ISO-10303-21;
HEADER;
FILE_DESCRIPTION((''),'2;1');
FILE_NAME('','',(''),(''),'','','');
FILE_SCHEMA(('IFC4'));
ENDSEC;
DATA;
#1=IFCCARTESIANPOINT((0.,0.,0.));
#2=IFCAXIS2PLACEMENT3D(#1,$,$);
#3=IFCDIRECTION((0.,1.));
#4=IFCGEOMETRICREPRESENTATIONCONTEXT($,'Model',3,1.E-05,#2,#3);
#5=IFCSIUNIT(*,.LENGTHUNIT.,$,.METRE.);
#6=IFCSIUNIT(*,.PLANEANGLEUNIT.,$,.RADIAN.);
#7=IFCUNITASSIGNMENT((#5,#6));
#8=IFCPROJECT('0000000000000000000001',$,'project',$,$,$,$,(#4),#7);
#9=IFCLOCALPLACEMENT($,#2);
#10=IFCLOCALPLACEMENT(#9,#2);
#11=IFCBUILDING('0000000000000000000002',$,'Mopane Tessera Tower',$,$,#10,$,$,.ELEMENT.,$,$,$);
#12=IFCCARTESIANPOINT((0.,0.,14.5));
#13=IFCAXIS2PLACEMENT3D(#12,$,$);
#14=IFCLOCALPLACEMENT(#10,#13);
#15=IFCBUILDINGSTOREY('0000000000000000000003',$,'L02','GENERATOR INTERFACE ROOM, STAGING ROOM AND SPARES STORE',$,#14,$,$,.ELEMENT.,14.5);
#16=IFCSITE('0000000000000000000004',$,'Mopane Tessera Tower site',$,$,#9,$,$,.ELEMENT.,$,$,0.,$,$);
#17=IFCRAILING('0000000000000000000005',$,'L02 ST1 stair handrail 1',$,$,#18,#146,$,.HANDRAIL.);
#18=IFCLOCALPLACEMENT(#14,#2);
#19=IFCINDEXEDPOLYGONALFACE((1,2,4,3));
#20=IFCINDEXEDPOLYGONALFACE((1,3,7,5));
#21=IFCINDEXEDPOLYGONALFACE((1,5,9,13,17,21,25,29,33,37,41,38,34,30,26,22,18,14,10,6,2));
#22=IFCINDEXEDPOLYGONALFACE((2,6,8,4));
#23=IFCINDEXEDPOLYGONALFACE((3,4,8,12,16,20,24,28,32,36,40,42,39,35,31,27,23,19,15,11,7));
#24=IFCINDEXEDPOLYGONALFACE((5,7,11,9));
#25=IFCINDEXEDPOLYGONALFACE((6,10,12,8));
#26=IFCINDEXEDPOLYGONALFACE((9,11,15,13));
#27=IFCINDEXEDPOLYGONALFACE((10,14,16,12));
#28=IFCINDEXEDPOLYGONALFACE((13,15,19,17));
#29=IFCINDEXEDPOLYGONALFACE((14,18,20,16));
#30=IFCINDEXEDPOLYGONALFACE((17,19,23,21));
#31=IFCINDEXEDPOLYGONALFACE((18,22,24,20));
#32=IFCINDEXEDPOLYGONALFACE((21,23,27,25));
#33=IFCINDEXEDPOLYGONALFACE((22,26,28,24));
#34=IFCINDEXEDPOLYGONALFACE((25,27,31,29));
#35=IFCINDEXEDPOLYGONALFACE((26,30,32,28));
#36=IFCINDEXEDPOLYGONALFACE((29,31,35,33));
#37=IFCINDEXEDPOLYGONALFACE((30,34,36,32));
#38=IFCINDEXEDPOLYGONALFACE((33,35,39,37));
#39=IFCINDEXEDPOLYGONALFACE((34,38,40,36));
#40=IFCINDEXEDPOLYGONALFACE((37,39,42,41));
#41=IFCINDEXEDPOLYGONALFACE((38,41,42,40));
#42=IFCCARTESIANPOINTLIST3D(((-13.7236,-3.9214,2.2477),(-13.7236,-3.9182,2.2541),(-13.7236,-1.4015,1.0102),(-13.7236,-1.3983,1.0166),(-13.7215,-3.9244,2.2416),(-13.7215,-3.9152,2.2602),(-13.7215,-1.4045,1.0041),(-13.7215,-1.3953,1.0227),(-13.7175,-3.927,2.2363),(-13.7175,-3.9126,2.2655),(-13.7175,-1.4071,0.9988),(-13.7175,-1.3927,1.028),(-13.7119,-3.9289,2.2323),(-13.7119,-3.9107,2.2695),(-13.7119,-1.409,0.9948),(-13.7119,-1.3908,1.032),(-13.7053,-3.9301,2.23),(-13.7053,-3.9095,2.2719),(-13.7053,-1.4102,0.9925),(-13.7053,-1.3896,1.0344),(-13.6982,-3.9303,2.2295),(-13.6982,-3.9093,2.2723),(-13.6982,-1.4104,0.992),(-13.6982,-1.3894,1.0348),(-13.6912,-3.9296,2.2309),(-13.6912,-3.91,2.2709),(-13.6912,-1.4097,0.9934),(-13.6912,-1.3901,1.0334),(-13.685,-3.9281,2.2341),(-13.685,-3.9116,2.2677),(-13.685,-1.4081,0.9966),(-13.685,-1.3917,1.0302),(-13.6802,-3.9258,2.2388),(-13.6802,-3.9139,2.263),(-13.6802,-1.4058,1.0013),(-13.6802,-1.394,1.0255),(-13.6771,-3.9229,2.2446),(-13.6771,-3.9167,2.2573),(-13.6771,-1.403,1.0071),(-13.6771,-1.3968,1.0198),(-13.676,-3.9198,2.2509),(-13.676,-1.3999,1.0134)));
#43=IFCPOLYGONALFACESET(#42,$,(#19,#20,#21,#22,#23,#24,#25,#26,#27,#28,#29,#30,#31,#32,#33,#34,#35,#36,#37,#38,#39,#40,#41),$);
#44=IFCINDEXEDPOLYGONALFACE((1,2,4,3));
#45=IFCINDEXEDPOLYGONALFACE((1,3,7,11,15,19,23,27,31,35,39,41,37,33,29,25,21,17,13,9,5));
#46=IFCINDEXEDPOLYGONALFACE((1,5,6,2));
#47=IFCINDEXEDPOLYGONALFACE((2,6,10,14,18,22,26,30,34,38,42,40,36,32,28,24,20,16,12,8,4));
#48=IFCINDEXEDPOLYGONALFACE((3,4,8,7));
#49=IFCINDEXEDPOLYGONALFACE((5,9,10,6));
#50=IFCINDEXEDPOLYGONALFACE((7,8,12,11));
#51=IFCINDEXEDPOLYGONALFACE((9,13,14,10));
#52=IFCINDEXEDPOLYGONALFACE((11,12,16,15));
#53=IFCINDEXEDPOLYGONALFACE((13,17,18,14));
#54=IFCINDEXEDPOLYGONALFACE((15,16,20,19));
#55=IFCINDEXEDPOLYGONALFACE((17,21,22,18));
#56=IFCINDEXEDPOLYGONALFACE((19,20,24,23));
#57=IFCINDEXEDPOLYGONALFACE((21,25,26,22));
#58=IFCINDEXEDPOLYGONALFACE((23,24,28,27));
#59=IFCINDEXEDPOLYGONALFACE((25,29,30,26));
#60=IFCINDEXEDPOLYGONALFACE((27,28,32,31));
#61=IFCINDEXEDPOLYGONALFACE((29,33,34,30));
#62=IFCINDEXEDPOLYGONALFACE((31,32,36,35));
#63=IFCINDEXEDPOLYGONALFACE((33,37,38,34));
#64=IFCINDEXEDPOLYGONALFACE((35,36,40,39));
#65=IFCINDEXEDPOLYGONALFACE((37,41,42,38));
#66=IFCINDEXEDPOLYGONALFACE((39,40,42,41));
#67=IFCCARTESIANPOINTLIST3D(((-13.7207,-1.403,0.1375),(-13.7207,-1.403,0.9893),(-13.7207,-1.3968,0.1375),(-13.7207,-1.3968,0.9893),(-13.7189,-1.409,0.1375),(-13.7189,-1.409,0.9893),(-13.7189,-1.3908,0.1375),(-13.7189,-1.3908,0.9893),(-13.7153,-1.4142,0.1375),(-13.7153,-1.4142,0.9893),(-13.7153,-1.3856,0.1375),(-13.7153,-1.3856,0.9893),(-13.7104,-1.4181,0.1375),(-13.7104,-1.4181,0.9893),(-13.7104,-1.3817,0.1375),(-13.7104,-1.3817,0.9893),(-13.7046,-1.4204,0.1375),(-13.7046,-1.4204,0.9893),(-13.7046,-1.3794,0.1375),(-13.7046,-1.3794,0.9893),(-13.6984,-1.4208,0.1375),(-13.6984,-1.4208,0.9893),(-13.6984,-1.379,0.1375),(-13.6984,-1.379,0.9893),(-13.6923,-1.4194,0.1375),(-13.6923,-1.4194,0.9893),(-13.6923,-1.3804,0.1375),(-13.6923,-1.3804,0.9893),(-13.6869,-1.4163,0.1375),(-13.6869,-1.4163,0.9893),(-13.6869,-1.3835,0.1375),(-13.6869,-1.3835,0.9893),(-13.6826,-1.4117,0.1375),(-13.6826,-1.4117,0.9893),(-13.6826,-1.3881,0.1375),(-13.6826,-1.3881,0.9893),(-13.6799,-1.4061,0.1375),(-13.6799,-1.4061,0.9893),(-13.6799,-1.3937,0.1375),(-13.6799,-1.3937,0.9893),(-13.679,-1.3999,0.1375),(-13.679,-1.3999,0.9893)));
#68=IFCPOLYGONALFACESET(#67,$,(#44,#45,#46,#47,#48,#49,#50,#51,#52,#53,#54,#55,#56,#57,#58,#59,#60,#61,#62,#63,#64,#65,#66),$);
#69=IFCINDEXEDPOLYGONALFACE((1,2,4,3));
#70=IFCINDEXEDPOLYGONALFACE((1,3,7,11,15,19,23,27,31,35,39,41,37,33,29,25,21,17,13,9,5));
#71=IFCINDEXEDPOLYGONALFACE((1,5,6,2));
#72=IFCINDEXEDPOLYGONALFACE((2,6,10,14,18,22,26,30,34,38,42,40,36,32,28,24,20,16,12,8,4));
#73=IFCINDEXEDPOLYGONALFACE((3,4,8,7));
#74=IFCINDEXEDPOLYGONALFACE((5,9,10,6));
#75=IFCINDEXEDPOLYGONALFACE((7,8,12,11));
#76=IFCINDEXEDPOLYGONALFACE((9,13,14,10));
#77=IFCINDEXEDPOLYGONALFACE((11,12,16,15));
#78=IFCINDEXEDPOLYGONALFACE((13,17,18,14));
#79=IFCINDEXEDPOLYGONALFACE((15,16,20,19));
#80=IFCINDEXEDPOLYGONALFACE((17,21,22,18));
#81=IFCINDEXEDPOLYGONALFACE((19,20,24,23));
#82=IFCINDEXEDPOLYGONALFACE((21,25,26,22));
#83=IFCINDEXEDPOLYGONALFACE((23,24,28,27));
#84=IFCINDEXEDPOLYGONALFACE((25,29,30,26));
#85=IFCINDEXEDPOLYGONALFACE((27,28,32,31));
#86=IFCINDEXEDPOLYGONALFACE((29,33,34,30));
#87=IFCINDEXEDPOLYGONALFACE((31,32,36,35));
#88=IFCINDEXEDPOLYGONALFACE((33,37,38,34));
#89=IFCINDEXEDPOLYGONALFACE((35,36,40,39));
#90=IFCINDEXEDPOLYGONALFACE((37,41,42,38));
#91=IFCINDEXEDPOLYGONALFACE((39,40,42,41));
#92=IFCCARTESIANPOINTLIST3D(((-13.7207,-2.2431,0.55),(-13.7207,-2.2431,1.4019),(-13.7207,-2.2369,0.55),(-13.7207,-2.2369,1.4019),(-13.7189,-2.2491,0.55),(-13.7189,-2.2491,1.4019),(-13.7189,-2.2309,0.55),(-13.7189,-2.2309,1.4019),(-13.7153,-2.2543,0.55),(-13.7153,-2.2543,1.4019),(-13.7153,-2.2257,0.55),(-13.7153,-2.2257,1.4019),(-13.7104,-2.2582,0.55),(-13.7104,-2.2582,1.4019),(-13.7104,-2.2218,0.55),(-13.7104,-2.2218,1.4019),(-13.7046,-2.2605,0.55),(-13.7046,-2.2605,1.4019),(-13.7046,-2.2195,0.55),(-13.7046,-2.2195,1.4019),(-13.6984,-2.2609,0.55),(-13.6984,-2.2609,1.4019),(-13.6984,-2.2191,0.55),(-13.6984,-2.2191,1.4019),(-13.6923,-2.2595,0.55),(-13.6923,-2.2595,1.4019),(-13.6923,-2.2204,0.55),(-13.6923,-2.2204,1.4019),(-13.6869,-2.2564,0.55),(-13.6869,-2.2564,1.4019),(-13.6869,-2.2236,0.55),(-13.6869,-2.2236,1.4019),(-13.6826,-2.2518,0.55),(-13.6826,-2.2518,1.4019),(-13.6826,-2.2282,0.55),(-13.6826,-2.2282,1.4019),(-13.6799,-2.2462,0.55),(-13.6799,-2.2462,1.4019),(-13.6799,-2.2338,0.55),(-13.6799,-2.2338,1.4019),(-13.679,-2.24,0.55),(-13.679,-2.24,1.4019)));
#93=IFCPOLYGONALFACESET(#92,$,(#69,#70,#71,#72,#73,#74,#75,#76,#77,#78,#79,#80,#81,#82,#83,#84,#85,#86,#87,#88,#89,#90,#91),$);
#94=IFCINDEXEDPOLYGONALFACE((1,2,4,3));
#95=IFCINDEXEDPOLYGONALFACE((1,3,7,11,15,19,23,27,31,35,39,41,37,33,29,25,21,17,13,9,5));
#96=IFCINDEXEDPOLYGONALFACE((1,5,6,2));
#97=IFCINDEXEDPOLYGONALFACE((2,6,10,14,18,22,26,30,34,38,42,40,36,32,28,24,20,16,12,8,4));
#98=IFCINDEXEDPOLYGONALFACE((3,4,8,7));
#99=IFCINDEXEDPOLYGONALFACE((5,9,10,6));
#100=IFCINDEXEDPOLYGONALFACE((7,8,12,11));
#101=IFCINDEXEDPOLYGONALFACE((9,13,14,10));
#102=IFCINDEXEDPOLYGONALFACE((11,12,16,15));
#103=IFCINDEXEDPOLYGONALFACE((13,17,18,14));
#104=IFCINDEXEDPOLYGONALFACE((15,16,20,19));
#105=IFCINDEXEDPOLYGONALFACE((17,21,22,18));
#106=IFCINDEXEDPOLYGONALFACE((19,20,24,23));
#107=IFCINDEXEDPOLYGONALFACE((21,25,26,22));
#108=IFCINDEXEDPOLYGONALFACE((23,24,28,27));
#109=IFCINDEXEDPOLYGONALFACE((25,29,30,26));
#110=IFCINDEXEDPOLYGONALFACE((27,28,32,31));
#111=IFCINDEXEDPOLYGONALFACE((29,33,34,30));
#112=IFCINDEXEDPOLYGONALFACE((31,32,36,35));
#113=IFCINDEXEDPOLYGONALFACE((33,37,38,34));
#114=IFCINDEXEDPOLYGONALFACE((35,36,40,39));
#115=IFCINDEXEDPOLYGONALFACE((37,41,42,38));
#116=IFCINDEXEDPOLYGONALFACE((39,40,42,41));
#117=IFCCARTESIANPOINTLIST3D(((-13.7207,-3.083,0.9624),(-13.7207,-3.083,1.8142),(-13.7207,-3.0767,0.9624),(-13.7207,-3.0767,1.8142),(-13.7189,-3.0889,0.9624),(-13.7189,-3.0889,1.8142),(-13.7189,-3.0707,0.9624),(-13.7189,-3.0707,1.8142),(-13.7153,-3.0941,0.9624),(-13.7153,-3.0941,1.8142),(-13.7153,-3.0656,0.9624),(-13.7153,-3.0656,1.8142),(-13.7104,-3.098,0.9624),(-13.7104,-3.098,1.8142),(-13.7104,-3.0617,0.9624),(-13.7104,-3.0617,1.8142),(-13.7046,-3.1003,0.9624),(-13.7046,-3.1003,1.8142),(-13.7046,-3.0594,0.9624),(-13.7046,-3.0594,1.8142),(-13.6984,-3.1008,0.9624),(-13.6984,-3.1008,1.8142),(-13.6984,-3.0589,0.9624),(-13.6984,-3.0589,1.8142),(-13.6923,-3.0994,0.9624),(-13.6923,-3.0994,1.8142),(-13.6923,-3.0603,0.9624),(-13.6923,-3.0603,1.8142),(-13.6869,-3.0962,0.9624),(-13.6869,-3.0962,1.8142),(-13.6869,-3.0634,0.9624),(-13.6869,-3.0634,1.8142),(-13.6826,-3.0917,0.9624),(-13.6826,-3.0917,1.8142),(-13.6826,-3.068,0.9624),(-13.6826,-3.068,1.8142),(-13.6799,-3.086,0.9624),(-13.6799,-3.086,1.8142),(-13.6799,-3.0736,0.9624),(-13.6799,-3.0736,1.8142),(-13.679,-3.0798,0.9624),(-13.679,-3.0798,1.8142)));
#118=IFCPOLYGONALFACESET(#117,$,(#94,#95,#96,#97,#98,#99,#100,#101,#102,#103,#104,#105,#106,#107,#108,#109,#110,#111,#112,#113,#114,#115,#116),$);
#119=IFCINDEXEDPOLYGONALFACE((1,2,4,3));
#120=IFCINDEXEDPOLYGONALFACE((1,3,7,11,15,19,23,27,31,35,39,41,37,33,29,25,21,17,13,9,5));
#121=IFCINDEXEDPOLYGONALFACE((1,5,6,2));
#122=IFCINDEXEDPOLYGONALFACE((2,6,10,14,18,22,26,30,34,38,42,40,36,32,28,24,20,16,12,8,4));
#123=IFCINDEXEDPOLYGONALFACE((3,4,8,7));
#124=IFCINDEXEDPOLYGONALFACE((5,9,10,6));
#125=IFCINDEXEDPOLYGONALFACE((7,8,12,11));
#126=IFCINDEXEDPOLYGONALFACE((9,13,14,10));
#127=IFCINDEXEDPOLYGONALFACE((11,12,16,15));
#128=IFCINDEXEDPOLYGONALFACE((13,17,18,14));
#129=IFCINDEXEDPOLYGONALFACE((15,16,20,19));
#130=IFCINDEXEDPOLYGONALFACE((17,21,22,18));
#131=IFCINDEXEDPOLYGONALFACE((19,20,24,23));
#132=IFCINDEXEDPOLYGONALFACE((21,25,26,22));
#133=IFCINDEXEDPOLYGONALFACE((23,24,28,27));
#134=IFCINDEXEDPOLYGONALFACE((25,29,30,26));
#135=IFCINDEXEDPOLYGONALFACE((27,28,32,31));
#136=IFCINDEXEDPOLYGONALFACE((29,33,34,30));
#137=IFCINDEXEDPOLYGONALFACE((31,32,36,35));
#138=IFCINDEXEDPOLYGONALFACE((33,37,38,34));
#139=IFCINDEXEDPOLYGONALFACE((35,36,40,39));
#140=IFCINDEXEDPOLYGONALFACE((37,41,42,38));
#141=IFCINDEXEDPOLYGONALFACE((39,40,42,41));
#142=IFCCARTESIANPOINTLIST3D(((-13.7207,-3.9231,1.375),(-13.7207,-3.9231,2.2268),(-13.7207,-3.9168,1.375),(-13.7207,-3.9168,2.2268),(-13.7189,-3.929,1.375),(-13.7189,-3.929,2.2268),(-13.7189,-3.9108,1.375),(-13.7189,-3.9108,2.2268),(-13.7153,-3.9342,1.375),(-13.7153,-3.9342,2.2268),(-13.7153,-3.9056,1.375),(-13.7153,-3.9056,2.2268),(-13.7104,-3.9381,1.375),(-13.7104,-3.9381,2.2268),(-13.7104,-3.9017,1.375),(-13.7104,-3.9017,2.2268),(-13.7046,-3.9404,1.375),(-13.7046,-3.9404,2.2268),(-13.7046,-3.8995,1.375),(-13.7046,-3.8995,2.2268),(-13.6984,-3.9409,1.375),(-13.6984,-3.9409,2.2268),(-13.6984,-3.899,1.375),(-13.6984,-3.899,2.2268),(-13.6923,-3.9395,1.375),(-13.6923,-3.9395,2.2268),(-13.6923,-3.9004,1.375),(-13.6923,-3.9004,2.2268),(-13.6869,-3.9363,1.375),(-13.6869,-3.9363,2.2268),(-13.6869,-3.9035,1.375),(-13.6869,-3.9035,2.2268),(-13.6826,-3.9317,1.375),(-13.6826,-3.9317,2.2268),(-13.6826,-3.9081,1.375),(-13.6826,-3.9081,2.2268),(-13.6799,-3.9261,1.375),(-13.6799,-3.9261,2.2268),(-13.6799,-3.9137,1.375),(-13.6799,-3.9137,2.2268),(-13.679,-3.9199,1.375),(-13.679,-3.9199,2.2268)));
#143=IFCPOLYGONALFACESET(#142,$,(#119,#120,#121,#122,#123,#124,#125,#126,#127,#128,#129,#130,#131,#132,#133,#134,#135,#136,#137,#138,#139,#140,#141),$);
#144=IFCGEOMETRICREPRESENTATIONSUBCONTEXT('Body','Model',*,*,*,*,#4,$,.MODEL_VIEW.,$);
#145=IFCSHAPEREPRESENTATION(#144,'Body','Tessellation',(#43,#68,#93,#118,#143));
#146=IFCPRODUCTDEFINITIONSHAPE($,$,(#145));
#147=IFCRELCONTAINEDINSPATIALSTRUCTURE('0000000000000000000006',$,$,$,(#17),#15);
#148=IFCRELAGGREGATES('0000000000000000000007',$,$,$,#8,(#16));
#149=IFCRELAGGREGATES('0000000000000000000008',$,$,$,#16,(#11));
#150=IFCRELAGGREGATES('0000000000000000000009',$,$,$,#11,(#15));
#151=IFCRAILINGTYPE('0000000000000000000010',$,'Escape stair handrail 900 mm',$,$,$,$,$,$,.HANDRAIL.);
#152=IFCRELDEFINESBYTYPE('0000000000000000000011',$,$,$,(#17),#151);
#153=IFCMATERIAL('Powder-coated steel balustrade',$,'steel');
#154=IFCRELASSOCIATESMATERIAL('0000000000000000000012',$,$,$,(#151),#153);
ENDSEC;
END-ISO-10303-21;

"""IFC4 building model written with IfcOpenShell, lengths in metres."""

from ifc_helpers import new_model, si_unit, direction, frame, origin, origin_2d, place, context, subcontext, project, spatial, circle, extrude, material, type_object, element, save


model = new_model("IFC4")

# Units and contexts
model_context = context("Model", 3, precision=1e-05, world=origin(), true_north=direction((0.0, 1.0)))
body_context = subcontext(model_context, "Body", "Model", "MODEL_VIEW")
ifc_project = project(units=[si_unit("LENGTHUNIT", "METRE"), si_unit("PLANEANGLEUNIT", "RADIAN")], contexts=[model_context])

# Site, building, storey
site_placement = place(None, origin())
site = spatial("IfcSite", under=ifc_project, at=site_placement, Name="Mopane Tessera Tower site", CompositionType="ELEMENT", RefElevation=0.0)
building_placement = place(site_placement, origin())
building = spatial("IfcBuilding", under=site, at=building_placement, Name="Mopane Tessera Tower", CompositionType="ELEMENT")
storey_placement = place(building_placement, frame((0.0, 0.0, 14.5)))
storey = spatial("IfcBuildingStorey", under=building, at=storey_placement, Name="L02", Description="GENERATOR INTERFACE ROOM, STAGING ROOM AND SPARES STORE", CompositionType="ELEMENT", Elevation=14.5)

# Railing
ifc_material_1 = material(Name="Powder-coated steel balustrade", Category="steel")
railing_type = type_object("IfcRailingType", Name="Escape stair handrail 900 mm", PredefinedType="HANDRAIL", material=ifc_material_1)
railing_placement = place(storey_placement, frame((-13.7, -1.3999, 0.1375)))
element("IfcRailing", 1, at=railing_placement, inside=storey, type_object=railing_type, Name="L02 ST1 stair handrail 1", PredefinedType="HANDRAIL", context=body_context, shape_type="SweptSolid", body=[
    extrude(circle(Radius=0.0239, at=origin_2d()), frame((0.0, 0.0, 0.876), z_axis=(0.0, -0.897604, 0.440802), x_axis=(1.0, 0.0, 0.0)), (0.0, 0.0, 1.0), 2.8074),
    extrude(circle(Radius=0.021, at=origin_2d()), origin(), (0.0, 0.0, 1.0), 0.8518),
    extrude(circle(Radius=0.021, at=origin_2d()), frame((0.0, -0.8401, 0.4126)), (0.0, 0.0, 1.0), 0.8518),
    extrude(circle(Radius=0.021, at=origin_2d()), frame((0.0, -1.6799, 0.825)), (0.0, 0.0, 1.0), 0.8518),
    extrude(circle(Radius=0.021, at=origin_2d()), frame((0.0, -2.52, 1.2375)), (0.0, 0.0, 1.0), 0.8518),
])

save(model, "model.ifc")
